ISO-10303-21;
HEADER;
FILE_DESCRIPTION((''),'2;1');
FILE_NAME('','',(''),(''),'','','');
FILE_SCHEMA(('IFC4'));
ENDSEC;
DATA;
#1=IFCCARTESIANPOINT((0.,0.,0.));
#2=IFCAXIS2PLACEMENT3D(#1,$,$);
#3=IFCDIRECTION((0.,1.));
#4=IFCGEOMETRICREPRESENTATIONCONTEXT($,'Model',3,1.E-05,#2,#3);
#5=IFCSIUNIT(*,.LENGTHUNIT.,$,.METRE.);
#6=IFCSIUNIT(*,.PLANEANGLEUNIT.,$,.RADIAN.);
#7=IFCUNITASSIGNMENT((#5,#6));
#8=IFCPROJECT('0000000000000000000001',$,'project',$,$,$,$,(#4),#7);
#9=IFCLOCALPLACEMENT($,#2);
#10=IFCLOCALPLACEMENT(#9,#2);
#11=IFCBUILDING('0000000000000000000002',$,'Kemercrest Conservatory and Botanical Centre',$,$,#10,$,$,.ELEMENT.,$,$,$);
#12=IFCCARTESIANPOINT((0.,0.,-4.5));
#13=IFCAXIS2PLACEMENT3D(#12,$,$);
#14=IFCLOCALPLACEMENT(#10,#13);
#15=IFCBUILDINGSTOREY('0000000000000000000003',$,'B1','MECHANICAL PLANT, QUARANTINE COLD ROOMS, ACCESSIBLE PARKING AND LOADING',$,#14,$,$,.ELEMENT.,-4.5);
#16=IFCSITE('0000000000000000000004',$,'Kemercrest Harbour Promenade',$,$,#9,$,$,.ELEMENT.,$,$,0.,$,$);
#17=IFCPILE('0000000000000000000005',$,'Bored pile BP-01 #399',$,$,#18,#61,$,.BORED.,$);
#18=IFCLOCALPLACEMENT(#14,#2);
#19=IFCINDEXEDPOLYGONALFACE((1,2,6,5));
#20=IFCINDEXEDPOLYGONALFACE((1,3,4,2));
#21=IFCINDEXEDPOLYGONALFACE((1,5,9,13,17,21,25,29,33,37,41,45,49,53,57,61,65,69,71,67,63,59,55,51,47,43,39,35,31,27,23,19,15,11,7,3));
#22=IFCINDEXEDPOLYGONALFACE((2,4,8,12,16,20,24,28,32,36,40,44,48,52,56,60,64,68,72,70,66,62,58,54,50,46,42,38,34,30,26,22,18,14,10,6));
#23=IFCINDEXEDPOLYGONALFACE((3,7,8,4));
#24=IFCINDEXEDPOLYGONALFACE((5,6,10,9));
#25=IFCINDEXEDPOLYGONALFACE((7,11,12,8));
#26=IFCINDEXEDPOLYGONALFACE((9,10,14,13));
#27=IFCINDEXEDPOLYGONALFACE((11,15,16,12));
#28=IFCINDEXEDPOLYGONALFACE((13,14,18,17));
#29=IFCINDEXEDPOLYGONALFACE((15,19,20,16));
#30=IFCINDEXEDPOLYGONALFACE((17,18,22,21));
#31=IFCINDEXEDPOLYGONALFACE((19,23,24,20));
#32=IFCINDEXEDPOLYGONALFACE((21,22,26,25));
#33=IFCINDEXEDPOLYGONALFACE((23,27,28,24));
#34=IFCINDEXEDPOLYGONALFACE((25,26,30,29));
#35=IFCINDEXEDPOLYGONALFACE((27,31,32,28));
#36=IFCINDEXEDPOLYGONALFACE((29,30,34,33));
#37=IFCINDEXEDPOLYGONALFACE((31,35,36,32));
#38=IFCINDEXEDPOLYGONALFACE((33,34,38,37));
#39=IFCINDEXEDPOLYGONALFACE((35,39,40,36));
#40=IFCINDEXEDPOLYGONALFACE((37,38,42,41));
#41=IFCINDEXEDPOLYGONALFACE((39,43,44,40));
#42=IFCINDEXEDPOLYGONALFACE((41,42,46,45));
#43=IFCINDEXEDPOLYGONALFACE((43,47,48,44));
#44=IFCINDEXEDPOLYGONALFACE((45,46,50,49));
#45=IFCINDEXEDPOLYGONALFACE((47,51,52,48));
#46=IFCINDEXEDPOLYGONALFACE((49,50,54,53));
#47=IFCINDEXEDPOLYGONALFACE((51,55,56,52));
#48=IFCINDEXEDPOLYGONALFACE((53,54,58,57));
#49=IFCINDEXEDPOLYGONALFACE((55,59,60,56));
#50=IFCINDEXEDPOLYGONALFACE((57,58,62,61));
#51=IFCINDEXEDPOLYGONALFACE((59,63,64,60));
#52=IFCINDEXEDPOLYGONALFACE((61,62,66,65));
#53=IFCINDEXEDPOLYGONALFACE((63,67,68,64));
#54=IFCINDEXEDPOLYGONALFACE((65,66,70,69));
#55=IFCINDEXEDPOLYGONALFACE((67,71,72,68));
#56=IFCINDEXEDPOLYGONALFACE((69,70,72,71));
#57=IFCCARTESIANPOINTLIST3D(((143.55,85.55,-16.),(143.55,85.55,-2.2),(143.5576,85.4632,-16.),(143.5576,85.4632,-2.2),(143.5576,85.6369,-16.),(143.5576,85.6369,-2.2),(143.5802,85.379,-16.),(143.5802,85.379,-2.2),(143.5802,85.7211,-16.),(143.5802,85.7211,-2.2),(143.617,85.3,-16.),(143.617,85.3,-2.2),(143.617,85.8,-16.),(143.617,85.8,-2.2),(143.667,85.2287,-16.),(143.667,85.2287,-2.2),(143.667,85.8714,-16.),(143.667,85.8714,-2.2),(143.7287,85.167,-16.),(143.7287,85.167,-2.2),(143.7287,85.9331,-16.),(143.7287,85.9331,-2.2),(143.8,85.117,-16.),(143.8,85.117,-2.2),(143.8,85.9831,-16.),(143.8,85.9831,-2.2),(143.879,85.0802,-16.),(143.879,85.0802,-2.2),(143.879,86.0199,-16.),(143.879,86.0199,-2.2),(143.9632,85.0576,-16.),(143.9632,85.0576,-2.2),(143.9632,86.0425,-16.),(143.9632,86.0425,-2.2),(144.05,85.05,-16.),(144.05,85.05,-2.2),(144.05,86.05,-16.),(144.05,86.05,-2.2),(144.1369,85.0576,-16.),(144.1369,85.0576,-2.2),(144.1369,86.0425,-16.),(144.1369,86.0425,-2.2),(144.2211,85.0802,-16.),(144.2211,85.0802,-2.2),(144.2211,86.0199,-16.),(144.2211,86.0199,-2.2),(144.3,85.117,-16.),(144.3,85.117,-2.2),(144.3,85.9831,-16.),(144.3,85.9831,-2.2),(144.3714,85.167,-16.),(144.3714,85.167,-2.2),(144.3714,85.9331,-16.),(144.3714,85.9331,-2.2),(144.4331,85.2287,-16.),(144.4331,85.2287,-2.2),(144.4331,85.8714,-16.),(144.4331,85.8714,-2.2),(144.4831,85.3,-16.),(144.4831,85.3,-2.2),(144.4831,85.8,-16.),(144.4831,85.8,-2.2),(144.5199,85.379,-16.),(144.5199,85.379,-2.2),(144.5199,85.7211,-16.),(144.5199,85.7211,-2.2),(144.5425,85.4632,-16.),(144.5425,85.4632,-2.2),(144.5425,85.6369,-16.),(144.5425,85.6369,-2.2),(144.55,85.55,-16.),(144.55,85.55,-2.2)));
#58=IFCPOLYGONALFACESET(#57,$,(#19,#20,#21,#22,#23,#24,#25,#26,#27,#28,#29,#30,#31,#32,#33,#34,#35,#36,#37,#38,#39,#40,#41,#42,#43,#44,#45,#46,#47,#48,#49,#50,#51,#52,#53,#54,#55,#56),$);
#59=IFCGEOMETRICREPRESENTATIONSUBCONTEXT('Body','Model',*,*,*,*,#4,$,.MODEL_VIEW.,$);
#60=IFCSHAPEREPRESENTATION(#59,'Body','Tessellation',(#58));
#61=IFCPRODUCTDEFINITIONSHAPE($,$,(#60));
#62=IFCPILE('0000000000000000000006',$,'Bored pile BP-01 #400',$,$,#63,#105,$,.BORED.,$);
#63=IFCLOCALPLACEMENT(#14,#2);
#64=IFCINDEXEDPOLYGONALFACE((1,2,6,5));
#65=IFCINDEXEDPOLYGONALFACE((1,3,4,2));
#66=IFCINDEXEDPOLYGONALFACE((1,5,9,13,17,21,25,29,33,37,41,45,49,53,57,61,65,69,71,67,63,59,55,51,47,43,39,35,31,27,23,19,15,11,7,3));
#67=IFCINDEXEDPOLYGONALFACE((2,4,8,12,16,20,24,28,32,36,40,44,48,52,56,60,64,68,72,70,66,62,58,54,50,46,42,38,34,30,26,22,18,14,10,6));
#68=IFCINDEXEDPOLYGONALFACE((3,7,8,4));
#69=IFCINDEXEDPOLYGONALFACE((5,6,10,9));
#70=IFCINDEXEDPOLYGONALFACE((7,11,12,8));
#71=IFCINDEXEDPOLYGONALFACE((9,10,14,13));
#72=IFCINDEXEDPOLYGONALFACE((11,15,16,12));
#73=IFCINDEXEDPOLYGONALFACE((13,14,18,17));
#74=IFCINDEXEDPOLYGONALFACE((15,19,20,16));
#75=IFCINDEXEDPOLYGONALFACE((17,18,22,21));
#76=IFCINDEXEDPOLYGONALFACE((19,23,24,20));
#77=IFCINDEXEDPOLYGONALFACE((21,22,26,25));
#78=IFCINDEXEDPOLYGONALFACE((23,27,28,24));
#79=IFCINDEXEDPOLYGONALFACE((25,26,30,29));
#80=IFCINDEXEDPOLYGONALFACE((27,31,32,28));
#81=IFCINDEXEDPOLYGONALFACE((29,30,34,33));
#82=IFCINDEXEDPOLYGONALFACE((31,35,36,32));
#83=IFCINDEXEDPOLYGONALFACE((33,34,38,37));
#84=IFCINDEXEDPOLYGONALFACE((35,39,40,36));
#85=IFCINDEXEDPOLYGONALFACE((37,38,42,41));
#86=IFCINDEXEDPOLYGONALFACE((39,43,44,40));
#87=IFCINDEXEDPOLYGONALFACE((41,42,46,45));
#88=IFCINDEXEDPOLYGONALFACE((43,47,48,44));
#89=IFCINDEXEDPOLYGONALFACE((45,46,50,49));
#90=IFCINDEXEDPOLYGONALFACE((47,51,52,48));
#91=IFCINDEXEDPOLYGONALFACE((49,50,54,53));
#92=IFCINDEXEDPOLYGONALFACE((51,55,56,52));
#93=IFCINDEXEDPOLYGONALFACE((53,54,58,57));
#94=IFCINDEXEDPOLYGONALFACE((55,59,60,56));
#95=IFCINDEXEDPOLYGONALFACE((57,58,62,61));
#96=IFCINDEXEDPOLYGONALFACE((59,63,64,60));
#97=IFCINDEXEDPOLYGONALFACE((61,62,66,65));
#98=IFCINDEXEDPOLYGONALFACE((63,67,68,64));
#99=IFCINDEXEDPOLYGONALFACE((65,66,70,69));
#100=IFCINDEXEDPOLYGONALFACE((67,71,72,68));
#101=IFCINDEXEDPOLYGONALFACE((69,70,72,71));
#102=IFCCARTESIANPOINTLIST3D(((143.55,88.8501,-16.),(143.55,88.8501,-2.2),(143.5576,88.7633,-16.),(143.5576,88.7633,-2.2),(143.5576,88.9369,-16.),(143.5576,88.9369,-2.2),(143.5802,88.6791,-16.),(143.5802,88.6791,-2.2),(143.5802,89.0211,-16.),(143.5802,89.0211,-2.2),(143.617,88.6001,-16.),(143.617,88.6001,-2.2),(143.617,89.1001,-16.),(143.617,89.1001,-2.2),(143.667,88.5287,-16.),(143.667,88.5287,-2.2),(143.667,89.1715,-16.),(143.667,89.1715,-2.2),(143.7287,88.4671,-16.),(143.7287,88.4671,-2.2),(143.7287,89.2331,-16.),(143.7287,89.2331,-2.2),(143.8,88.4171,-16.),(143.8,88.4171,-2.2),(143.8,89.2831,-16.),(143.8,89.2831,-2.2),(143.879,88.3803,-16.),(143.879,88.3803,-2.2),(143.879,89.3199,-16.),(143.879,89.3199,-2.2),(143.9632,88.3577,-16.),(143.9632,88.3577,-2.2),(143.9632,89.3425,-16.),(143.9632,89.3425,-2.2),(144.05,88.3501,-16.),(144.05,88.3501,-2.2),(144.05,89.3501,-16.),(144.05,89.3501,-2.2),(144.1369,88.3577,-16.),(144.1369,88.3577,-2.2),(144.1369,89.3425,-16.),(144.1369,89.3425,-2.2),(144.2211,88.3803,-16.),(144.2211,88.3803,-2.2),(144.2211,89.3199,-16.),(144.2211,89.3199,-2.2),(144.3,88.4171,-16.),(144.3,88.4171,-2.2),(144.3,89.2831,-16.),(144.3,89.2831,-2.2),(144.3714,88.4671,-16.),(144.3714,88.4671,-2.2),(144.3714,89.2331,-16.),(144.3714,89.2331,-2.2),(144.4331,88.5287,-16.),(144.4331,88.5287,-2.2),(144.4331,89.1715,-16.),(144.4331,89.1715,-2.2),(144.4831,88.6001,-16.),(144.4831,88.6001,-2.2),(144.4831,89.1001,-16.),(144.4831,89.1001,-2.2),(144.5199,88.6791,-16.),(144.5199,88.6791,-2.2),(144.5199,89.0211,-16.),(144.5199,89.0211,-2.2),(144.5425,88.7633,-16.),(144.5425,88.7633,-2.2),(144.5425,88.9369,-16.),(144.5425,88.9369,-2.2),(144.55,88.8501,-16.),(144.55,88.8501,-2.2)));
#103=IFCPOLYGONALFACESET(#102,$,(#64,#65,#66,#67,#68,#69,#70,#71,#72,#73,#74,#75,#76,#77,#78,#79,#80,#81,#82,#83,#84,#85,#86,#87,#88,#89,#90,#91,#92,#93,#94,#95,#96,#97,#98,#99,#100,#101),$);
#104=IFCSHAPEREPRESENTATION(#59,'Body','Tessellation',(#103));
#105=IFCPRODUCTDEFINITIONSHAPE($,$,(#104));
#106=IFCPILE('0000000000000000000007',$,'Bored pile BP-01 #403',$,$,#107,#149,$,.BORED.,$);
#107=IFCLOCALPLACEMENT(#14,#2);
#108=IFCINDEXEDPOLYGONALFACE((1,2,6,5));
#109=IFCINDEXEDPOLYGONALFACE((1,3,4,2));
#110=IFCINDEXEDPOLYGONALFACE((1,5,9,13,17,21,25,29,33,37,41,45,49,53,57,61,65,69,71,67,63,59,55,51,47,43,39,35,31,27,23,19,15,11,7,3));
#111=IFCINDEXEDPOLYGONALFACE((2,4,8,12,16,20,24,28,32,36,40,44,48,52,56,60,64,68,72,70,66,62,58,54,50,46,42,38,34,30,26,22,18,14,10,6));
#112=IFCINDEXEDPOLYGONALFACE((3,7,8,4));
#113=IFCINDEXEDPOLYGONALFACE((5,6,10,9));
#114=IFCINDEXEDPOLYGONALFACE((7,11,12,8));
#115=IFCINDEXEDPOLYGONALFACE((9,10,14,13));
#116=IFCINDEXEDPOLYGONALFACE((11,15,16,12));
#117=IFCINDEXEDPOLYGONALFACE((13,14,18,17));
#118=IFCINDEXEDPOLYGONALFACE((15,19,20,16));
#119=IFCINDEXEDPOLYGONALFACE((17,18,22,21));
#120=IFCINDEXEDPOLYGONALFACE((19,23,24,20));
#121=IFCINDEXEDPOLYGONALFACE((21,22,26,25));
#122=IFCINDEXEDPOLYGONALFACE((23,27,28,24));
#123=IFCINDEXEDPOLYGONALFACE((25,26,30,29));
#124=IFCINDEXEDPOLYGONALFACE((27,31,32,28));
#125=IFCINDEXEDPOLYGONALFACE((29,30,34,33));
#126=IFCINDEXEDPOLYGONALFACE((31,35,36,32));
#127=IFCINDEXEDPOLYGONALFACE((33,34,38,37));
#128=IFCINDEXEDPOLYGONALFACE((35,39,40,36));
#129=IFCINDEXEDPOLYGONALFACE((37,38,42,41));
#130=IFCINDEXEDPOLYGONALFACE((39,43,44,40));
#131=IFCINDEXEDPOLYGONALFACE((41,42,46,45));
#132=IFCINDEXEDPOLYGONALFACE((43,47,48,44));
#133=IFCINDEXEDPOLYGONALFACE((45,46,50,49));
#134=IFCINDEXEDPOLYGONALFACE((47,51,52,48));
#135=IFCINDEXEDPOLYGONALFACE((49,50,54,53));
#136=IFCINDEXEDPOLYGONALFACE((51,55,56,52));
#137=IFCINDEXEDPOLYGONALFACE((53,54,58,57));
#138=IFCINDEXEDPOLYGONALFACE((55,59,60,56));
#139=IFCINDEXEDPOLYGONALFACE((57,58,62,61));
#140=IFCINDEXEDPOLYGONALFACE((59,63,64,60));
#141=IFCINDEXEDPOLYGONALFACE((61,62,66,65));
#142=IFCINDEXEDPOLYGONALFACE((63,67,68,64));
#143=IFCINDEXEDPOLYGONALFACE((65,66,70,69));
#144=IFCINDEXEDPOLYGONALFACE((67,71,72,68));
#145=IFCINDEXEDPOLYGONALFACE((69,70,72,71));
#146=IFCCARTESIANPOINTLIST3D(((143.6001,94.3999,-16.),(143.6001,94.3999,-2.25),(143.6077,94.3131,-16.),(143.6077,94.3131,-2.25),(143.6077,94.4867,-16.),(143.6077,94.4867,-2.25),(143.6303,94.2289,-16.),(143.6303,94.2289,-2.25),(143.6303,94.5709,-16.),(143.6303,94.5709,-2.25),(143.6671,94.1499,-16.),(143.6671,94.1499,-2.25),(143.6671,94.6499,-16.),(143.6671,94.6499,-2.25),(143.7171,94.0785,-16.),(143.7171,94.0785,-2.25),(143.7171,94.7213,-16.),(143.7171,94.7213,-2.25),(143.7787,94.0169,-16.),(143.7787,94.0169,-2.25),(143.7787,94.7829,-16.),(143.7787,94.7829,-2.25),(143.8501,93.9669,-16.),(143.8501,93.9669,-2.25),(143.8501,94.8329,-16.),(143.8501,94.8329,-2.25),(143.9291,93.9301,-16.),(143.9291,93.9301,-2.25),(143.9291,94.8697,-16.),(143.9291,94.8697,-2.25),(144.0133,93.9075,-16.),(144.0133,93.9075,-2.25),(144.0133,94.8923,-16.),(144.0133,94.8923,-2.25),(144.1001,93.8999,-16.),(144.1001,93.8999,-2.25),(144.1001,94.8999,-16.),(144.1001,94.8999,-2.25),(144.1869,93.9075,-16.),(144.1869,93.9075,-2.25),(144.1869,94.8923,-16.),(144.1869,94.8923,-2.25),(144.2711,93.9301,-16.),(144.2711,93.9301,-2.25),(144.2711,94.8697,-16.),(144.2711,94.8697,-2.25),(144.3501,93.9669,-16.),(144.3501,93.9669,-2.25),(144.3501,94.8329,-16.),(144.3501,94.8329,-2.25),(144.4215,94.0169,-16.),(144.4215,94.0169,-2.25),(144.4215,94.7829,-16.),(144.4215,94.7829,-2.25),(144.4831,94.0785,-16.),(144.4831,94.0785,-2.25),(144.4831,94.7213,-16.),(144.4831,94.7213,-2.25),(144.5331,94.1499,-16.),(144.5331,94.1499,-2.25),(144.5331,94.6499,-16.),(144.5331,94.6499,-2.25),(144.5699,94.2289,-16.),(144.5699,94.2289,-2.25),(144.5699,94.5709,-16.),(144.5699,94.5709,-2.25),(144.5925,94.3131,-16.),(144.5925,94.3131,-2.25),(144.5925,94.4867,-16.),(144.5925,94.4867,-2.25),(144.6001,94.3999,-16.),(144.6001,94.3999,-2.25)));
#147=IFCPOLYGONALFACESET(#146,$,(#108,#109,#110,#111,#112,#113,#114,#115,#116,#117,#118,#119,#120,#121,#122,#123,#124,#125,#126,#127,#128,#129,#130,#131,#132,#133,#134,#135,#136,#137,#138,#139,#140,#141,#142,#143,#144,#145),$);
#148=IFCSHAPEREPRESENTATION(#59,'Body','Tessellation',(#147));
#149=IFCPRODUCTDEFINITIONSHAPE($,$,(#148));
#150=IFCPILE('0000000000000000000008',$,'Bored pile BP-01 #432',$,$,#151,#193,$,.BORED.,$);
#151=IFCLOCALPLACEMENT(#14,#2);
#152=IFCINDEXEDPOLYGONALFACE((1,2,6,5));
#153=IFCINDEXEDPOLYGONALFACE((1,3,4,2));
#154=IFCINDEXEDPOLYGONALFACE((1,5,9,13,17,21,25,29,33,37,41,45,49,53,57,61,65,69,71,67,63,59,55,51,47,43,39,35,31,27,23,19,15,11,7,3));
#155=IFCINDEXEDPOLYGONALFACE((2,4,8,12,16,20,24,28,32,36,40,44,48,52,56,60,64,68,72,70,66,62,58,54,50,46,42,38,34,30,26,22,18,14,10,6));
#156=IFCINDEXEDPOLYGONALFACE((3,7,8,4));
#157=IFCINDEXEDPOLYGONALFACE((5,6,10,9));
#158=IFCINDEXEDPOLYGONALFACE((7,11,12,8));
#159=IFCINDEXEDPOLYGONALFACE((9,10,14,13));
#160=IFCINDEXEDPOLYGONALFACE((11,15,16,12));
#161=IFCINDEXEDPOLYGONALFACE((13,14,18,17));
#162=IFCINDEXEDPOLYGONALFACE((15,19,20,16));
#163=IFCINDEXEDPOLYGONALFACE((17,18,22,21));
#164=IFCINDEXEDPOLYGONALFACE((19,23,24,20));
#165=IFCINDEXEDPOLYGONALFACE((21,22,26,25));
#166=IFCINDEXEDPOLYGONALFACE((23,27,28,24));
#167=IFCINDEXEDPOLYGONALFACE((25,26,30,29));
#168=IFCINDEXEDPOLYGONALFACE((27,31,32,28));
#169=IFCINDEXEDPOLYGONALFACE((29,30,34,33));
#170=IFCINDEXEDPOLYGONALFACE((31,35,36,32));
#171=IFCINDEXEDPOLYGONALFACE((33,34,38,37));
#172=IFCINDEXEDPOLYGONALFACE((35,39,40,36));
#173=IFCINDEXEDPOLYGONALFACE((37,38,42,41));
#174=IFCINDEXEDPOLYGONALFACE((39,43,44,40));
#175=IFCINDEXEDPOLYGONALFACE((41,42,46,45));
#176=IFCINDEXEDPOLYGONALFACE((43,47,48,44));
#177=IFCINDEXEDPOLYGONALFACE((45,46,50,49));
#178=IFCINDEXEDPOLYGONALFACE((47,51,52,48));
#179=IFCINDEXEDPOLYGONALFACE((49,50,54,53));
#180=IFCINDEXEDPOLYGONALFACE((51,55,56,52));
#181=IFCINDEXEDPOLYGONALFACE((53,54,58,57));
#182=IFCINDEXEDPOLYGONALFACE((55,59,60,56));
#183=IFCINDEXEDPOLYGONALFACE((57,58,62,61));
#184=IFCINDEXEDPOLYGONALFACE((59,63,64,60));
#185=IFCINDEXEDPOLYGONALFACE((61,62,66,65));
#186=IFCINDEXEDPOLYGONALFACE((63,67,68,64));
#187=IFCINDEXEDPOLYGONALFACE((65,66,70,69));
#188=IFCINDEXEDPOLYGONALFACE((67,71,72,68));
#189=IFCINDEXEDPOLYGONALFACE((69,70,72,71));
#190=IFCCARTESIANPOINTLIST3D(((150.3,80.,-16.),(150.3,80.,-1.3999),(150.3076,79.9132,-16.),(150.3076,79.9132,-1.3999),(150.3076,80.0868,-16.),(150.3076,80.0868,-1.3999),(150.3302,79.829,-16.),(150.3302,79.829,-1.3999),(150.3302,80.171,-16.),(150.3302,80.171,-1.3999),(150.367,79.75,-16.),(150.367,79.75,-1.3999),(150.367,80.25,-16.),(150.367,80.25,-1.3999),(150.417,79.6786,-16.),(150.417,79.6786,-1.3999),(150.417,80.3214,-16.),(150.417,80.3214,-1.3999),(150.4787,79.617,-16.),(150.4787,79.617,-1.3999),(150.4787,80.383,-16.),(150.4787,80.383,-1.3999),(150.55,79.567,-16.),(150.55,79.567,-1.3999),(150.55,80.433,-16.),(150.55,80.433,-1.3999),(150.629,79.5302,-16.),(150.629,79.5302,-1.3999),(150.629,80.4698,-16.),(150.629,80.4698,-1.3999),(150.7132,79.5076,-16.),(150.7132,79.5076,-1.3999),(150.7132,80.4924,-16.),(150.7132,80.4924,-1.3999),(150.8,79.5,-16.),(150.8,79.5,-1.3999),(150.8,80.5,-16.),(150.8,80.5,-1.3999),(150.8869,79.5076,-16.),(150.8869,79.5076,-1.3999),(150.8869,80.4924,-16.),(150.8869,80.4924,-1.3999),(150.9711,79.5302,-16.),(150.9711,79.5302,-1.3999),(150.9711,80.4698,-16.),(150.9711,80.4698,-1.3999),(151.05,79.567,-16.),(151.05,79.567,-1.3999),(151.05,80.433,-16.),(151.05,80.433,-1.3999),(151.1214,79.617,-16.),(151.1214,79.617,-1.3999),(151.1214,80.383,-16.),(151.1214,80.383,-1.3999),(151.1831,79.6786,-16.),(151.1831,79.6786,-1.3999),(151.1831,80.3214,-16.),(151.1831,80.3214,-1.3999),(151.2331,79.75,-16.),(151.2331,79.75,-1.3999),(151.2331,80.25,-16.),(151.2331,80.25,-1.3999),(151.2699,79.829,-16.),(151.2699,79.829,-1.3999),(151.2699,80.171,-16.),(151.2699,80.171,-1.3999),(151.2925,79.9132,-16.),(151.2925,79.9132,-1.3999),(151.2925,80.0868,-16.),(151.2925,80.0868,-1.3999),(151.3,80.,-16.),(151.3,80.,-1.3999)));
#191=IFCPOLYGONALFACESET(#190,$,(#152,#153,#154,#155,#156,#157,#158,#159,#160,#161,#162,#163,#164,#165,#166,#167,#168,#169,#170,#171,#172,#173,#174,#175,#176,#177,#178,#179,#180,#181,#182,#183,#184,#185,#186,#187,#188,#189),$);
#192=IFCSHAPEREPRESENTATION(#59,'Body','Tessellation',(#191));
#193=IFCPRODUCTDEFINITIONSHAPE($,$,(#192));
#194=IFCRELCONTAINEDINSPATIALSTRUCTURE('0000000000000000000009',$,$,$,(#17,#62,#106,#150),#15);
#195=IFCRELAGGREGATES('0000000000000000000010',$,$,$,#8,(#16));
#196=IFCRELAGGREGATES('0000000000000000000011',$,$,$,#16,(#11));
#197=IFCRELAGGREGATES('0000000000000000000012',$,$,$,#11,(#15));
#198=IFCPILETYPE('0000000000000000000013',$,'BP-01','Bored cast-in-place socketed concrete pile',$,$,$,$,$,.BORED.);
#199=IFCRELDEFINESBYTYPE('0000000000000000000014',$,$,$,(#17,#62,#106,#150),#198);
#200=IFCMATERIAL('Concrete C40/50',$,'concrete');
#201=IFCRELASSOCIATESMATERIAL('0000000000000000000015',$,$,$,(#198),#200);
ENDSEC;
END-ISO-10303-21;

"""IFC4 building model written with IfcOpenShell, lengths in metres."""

from ifc_helpers import new_model, si_unit, direction, frame, origin, origin_2d, place, context, subcontext, project, spatial, circle, extrude, material, material_profile, profile_set, type_object, element, save


model = new_model("IFC4")

# Units and contexts
model_context = context("Model", 3, precision=1e-05, world=origin(), true_north=direction((0.0, 1.0)))
body_context = subcontext(model_context, "Body", "Model", "MODEL_VIEW")
ifc_project = project(units=[si_unit("LENGTHUNIT", "METRE"), si_unit("PLANEANGLEUNIT", "RADIAN")], contexts=[model_context])

# Site, building, storey
site_placement = place(None, origin())
site = spatial("IfcSite", under=ifc_project, at=site_placement, Name="Kemercrest Harbour Promenade", CompositionType="ELEMENT", RefElevation=0.0)
building_placement = place(site_placement, origin())
building = spatial("IfcBuilding", under=site, at=building_placement, Name="Kemercrest Conservatory and Botanical Centre", CompositionType="ELEMENT")
storey_placement = place(building_placement, frame((0.0, 0.0, -4.5)))
storey = spatial("IfcBuildingStorey", under=building, at=storey_placement, Name="B1", Description="MECHANICAL PLANT, QUARANTINE COLD ROOMS, ACCESSIBLE PARKING AND LOADING", CompositionType="ELEMENT", Elevation=-4.5)

# Piles
ifc_material_1 = material(Name="Concrete C40/50", Category="concrete")
ifc_material_profile_1 = material_profile(ifc_material_1, circle(Radius=0.5, at=origin_2d()), Name="BORED PILE 1000")
ifc_profile_set_1 = profile_set([ifc_material_profile_1], Name="Concrete C40/50")
pile_type = type_object("IfcPileType", Name="BP-01", Description="Bored cast-in-place socketed concrete pile", PredefinedType="BORED", material=ifc_profile_set_1)
for number, where, z_axis, x_axis, name in (
    (1, (144.05, 85.55, -2.2), (0.0, 0.0, -1.0), (1.0, 0.0, 0.0), "Bored pile BP-01 #399"),
    (2, (144.05, 88.8501, -2.2), (0.0, 0.0, -1.0), (1.0, 0.0, 0.0), "Bored pile BP-01 #400"),
):
    element("IfcPile", number, at=place(storey_placement, frame(where, z_axis=z_axis, x_axis=x_axis)), inside=storey, type_object=pile_type, Name=name, PredefinedType="BORED", context=body_context, shape_type="SweptSolid", body=[
        extrude(circle(Radius=0.5, at=origin_2d()), origin(), (0.0, 0.0, 1.0), 13.8),
    ])
pile_1_placement = place(storey_placement, frame((144.1001, 94.3999, -2.25), z_axis=(0.0, 0.0, -1.0), x_axis=(1.0, 0.0, 0.0)))
element("IfcPile", 3, at=pile_1_placement, inside=storey, type_object=pile_type, Name="Bored pile BP-01 #403", PredefinedType="BORED", context=body_context, shape_type="SweptSolid", body=[
    extrude(circle(Radius=0.5, at=origin_2d()), origin(), (0.0, 0.0, 1.0), 13.75),
])
pile_2_placement = place(storey_placement, frame((150.8, 80.0, -1.3999), z_axis=(0.0, 0.0, -1.0), x_axis=(1.0, 0.0, 0.0)))
element("IfcPile", 4, at=pile_2_placement, inside=storey, type_object=pile_type, Name="Bored pile BP-01 #432", PredefinedType="BORED", context=body_context, shape_type="SweptSolid", body=[
    extrude(circle(Radius=0.5, at=origin_2d()), origin(), (0.0, 0.0, 1.0), 14.6001),
])

save(model, "model.ifc")
